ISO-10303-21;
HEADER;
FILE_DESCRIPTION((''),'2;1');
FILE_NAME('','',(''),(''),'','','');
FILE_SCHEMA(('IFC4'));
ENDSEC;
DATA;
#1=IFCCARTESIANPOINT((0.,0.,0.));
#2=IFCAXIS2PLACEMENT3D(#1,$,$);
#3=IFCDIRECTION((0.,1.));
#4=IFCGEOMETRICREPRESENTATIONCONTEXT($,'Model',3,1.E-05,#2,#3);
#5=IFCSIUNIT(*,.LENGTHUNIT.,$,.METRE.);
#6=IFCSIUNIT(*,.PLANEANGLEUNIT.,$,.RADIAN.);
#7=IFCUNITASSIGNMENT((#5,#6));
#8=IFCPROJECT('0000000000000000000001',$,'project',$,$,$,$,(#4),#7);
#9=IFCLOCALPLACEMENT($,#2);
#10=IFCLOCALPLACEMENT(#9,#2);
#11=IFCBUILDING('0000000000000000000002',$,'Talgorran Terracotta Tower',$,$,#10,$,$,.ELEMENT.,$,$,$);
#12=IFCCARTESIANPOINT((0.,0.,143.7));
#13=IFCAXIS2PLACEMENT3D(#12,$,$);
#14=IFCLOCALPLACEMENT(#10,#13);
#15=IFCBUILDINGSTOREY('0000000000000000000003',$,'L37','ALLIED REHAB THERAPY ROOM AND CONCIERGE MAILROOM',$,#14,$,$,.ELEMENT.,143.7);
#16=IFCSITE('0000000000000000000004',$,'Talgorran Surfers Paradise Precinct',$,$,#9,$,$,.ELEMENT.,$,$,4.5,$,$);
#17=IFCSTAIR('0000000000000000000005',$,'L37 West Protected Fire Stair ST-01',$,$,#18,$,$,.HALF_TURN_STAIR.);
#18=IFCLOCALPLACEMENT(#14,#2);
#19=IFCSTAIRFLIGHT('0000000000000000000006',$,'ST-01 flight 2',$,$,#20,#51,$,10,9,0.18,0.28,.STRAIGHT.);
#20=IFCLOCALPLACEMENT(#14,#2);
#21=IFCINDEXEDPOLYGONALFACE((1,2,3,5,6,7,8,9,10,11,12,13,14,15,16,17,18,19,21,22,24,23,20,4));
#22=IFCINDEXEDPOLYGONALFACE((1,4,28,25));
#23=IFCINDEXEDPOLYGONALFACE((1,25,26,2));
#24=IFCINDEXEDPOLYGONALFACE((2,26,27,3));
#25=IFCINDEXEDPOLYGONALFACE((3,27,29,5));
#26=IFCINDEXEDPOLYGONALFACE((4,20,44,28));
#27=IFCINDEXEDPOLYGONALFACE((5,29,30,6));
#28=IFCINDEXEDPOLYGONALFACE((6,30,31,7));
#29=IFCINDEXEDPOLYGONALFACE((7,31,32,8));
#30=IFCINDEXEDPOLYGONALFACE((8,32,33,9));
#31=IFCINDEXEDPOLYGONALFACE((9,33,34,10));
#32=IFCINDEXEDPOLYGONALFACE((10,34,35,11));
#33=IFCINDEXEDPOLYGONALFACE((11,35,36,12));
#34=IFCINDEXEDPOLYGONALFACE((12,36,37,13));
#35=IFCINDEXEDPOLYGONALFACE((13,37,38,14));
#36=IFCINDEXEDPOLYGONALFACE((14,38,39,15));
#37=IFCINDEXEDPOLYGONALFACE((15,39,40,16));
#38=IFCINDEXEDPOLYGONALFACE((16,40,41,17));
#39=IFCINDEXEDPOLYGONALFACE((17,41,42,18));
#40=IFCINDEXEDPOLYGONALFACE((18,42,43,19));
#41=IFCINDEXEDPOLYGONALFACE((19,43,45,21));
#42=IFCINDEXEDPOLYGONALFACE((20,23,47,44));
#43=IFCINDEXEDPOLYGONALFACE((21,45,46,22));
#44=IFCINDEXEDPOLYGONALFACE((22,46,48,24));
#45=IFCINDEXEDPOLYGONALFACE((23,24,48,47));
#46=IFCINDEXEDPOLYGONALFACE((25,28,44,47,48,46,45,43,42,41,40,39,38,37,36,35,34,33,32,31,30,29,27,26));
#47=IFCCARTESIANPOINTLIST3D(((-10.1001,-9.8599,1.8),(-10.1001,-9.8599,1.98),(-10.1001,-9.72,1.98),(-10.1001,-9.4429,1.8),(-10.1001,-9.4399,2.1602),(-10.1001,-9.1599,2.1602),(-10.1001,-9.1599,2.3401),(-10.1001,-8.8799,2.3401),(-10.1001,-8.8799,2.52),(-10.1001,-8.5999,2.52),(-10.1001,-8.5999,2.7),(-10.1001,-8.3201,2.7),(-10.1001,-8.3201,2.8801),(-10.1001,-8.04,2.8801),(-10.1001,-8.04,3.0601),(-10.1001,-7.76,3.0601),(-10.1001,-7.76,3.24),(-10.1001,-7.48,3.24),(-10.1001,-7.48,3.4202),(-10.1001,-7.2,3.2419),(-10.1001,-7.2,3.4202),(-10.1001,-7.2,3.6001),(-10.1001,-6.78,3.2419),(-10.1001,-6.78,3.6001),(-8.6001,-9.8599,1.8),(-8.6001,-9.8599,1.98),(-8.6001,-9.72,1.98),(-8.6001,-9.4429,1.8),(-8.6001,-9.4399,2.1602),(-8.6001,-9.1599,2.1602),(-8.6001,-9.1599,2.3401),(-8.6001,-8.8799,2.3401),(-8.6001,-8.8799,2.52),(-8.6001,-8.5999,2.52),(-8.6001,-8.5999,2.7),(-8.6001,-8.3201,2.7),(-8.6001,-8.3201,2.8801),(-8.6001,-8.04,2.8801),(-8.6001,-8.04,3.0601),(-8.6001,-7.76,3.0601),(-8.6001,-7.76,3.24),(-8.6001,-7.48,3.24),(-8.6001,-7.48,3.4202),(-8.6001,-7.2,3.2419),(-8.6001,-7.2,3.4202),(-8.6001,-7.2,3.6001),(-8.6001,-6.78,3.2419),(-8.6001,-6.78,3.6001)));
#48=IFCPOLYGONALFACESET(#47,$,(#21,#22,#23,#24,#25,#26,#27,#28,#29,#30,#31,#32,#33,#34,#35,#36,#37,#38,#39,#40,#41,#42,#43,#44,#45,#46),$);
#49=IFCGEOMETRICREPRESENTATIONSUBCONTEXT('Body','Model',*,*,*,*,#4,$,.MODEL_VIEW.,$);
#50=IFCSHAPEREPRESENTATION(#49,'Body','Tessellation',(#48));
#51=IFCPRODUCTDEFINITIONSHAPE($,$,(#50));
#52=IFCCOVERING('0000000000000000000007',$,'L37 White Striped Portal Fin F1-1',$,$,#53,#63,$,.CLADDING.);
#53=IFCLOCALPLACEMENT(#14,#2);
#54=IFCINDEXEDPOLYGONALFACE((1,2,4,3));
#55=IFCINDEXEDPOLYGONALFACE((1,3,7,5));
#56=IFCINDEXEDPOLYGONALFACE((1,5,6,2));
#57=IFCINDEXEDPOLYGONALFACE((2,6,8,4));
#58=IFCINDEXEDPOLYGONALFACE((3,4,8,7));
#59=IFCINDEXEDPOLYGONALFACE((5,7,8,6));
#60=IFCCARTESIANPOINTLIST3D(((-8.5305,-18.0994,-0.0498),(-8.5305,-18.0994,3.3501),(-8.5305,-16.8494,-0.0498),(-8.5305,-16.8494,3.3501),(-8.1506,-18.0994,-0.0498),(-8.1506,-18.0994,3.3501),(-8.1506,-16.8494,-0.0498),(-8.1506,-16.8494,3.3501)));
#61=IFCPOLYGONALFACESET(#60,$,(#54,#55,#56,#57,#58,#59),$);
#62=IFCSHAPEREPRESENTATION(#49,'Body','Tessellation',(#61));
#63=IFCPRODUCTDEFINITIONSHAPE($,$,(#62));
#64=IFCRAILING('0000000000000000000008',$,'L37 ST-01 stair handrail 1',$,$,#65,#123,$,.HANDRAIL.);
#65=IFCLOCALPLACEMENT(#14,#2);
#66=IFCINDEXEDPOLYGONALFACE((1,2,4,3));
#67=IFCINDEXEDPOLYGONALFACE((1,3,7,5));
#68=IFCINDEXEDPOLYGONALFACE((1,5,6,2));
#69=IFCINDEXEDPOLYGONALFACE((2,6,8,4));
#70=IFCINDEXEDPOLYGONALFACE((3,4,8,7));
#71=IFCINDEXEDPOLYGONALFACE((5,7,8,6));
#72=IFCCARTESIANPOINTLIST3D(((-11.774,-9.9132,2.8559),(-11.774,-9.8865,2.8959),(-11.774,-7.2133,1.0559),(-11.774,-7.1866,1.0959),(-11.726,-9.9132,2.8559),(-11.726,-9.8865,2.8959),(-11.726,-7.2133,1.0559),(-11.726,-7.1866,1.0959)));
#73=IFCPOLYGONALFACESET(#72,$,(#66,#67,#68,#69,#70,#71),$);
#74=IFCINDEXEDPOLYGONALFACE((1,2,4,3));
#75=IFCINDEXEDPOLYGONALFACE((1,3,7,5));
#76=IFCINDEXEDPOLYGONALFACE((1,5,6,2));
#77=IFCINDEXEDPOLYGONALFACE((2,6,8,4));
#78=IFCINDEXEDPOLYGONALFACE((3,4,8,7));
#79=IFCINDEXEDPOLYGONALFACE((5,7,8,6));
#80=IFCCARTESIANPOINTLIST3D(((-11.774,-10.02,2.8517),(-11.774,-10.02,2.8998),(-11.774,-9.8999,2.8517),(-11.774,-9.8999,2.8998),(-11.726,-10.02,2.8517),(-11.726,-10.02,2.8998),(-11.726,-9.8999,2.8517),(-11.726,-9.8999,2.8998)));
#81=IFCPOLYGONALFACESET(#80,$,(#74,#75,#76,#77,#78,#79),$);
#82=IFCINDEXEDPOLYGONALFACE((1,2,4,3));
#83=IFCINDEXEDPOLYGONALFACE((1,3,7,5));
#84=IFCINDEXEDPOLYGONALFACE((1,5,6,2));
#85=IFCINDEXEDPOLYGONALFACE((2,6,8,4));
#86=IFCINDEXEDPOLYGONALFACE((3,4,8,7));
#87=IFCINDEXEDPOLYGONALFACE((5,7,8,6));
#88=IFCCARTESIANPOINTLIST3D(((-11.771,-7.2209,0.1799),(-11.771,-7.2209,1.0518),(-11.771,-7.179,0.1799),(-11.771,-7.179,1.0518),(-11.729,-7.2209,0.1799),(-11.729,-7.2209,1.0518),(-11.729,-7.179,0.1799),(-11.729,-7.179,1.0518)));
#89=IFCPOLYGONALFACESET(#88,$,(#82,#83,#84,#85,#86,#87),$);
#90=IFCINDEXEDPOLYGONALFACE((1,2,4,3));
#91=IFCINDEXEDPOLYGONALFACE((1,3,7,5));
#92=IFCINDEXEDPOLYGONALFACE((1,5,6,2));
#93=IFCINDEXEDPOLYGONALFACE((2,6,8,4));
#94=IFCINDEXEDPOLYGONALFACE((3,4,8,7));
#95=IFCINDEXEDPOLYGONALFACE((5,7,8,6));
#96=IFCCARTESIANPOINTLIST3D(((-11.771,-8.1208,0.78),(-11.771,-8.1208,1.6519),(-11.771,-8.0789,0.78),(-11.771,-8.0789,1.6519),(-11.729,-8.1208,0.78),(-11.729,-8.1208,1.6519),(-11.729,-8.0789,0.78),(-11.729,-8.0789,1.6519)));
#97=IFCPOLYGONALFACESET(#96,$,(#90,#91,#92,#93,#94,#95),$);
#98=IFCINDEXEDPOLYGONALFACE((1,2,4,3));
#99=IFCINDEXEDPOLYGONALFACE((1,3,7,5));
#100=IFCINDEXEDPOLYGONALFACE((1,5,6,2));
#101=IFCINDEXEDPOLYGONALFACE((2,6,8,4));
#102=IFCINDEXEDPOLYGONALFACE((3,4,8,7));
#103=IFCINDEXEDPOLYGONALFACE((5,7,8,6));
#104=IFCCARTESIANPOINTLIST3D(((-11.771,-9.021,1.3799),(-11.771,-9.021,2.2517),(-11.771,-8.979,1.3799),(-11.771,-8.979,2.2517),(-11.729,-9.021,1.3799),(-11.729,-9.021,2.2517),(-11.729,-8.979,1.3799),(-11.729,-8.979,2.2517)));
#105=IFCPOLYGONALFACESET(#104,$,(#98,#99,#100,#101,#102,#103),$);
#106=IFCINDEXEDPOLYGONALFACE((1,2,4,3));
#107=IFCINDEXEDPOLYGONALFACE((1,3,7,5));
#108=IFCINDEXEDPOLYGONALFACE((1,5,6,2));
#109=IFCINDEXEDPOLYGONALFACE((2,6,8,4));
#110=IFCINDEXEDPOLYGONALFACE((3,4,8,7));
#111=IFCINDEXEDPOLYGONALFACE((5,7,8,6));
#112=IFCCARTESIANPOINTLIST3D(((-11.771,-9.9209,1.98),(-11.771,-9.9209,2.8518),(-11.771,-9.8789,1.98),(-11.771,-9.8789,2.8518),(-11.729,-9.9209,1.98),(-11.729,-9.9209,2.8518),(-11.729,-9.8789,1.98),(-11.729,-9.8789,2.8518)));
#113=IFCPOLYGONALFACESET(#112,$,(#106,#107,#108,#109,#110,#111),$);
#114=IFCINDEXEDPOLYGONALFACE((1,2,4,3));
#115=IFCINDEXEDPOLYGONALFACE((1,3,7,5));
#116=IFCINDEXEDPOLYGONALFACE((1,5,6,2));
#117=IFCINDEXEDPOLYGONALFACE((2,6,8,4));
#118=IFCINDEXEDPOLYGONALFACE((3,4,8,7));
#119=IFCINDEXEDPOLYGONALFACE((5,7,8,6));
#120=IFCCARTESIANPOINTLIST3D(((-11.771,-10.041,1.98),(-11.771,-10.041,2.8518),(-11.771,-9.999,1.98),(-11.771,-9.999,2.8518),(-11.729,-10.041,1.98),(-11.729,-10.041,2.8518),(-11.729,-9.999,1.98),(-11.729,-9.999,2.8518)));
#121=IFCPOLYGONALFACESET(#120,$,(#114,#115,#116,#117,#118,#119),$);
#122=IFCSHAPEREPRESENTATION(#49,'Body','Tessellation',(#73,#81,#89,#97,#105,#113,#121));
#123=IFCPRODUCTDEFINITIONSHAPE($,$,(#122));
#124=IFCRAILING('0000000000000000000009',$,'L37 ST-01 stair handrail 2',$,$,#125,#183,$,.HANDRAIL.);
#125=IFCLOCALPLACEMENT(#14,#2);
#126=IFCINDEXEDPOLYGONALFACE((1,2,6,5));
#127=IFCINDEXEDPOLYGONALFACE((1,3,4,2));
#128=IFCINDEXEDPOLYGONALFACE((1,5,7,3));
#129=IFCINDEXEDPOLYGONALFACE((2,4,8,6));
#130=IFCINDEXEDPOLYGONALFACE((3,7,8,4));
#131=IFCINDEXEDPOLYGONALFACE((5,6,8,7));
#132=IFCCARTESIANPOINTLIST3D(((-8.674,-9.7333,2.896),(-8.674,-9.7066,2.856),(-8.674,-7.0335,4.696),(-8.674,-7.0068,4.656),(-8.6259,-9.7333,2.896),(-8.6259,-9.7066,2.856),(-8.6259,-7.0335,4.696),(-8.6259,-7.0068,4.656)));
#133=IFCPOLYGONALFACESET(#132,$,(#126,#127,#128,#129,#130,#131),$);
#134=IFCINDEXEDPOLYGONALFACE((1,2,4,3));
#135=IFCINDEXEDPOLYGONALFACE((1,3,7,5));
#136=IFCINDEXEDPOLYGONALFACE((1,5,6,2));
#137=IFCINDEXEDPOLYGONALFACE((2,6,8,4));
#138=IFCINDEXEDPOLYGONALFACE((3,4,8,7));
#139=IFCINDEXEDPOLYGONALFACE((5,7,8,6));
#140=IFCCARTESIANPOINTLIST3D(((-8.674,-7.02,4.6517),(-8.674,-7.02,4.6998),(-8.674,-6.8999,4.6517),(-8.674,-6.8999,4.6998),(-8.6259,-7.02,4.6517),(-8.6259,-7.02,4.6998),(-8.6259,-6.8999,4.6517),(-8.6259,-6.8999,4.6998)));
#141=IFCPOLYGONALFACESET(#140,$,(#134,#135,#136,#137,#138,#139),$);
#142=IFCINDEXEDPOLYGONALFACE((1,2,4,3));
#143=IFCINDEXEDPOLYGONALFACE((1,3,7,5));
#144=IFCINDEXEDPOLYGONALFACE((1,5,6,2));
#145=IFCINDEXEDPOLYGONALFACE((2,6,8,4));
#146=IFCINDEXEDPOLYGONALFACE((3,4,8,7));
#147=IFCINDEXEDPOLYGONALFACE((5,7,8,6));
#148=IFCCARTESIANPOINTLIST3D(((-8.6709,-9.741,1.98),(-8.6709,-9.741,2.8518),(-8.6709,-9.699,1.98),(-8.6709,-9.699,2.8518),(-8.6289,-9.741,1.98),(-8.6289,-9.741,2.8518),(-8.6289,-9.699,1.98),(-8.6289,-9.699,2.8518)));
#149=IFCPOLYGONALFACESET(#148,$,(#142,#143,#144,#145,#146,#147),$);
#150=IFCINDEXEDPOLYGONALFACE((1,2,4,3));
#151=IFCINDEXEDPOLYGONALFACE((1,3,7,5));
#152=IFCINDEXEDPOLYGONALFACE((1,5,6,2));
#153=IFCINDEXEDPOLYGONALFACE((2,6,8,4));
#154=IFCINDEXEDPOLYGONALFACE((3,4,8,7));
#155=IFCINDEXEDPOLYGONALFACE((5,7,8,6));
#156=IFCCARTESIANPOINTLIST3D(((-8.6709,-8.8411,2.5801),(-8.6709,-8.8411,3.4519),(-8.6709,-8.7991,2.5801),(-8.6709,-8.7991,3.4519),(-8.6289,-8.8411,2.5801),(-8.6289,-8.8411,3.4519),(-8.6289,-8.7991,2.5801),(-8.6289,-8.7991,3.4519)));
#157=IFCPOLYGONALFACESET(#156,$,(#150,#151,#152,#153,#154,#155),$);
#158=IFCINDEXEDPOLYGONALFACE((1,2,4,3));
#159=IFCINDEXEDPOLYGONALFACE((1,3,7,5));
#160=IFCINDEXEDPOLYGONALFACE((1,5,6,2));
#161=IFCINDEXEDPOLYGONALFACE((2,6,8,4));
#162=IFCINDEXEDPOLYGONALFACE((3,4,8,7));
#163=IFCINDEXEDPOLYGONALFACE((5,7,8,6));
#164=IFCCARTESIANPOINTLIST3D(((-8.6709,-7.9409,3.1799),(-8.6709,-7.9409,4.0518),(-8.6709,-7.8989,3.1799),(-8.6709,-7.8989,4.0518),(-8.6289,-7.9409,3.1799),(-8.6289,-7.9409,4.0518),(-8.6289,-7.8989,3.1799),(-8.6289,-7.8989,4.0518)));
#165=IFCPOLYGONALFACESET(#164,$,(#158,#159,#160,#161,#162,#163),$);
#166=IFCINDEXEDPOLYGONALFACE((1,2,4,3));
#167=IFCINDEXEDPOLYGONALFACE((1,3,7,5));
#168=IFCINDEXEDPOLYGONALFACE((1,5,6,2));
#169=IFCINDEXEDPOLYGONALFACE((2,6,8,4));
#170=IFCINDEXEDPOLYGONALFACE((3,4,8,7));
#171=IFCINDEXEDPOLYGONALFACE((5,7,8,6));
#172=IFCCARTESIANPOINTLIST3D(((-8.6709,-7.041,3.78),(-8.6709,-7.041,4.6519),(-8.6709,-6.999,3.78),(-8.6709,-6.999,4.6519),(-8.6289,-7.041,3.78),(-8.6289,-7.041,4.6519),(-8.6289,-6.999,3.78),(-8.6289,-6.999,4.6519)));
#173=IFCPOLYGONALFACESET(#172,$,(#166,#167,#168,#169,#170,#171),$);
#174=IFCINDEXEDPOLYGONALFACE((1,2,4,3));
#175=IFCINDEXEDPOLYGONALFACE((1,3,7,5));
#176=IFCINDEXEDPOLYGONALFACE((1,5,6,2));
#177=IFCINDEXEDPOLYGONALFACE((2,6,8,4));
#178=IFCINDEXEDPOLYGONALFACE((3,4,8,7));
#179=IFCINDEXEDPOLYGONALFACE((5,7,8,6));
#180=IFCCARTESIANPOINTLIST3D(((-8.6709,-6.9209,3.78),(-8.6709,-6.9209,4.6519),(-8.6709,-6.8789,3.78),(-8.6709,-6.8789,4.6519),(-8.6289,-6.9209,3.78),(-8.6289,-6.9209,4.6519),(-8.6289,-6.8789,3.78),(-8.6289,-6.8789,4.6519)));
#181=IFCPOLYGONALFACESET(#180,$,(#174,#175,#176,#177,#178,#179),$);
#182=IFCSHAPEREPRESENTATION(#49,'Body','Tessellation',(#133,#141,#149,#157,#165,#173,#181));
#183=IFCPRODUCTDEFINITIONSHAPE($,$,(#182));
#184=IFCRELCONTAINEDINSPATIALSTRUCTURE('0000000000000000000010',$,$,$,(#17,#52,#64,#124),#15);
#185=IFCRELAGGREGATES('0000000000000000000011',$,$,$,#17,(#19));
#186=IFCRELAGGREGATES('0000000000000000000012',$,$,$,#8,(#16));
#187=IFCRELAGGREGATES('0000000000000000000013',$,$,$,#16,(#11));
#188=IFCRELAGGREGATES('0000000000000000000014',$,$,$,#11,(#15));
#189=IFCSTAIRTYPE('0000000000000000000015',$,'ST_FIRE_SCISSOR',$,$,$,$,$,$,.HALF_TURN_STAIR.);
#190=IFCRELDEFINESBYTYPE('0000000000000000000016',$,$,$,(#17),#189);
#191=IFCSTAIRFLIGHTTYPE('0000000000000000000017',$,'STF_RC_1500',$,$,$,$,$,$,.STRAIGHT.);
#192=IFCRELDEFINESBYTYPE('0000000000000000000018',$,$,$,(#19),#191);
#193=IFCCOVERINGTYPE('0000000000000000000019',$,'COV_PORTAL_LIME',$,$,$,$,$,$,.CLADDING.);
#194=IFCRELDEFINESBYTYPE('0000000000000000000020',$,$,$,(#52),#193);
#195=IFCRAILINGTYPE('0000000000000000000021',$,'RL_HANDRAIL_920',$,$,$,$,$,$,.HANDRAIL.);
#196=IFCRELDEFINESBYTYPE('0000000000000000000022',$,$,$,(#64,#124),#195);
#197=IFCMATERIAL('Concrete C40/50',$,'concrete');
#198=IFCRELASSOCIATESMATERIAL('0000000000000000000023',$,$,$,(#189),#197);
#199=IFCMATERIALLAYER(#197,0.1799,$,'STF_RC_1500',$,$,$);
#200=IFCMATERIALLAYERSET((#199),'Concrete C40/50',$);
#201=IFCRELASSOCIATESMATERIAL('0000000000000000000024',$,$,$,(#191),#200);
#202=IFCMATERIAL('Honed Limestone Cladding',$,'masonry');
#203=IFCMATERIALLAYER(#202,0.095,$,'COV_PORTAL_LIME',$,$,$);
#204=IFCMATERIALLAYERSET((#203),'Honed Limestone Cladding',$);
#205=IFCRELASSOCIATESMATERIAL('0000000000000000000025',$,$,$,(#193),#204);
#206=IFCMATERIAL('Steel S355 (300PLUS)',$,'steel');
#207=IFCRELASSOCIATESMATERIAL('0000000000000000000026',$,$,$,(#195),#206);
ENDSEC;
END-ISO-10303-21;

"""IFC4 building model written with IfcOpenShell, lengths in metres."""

from ifc_helpers import new_model, si_unit, direction, frame, origin, origin_2d, place, context, subcontext, project, spatial, polyline, rectangle, outline, extrude, material, layer, layer_set, type_object, element, aggregate, save


model = new_model("IFC4")

# Units and contexts
model_context = context("Model", 3, precision=1e-05, world=origin(), true_north=direction((0.0, 1.0)))
body_context = subcontext(model_context, "Body", "Model", "MODEL_VIEW")
ifc_project = project(units=[si_unit("LENGTHUNIT", "METRE"), si_unit("PLANEANGLEUNIT", "RADIAN")], contexts=[model_context])

# Site, building, storey
site_placement = place(None, origin())
site = spatial("IfcSite", under=ifc_project, at=site_placement, Name="Talgorran Surfers Paradise Precinct", CompositionType="ELEMENT", RefElevation=4.5)
building_placement = place(site_placement, origin())
building = spatial("IfcBuilding", under=site, at=building_placement, Name="Talgorran Terracotta Tower", CompositionType="ELEMENT")
storey_placement = place(building_placement, frame((0.0, 0.0, 143.7)))
storey = spatial("IfcBuildingStorey", under=building, at=storey_placement, Name="L37", Description="ALLIED REHAB THERAPY ROOM AND CONCIERGE MAILROOM", CompositionType="ELEMENT", Elevation=143.7)

# Shared definitions
ifc_material_1 = material(Name="Steel S355 (300PLUS)", Category="steel")

# Stair, stair flight
ifc_material_2 = material(Name="Concrete C40/50", Category="concrete")
stair_type = type_object("IfcStairType", Name="ST_FIRE_SCISSOR", PredefinedType="HALF_TURN_STAIR", material=ifc_material_2)
stair_placement = place(storey_placement, origin())
stair = element("IfcStair", 1, at=stair_placement, inside=storey, type_object=stair_type, Name="L37 West Protected Fire Stair ST-01", PredefinedType="HALF_TURN_STAIR")
ifc_layer_1 = layer(ifc_material_2, 0.1799, Name="STF_RC_1500")
ifc_layer_set_1 = layer_set([ifc_layer_1], Name="Concrete C40/50")
stair_flight_type = type_object("IfcStairFlightType", Name="STF_RC_1500", PredefinedType="STRAIGHT", material=ifc_layer_set_1)
stair_flight_1_placement = place(storey_placement, frame((-9.3501, -9.72, 1.8), z_axis=(0.0, 0.0, 1.0), x_axis=(0.0, 1.0, 0.0)))
stair_flight_1 = element("IfcStairFlight", 2, at=stair_flight_1_placement, type_object=stair_flight_type, Name="ST-01 flight 2", NumberOfRisers=10, NumberOfTreads=9, PredefinedType="STRAIGHT", RiserHeight=0.18, TreadLength=0.28, context=body_context, shape_type="SweptSolid", body=[
    extrude(outline(polyline([(-0.1399, 0.0), (-0.1399, 0.1799), (0.0, 0.1799), (0.28, 0.3601), (0.5601, 0.3601), (0.5601, 0.54), (0.8401, 0.54), (0.8401, 0.72), (1.1201, 0.72), (1.1201, 0.8999), (1.3999, 0.8999), (1.3999, 1.0801), (1.6799, 1.0801), (1.6799, 1.26), (1.96, 1.26), (1.96, 1.4399), (2.24, 1.4399), (2.24, 1.6201), (2.52, 1.6201), (2.52, 1.8), (2.9399, 1.8), (2.9399, 1.4419), (2.52, 1.4419), (0.2771, 0.0), (-0.1399, 0.0)])), frame((0.0, 0.75, 0.0), z_axis=(0.0, -1.0, 0.0), x_axis=(1.0, 0.0, 0.0)), (0.0, 0.0, 1.0), 1.5),
])
aggregate(stair, [stair_flight_1])

# Covering
ifc_material_3 = material(Name="Honed Limestone Cladding", Category="masonry")
ifc_layer_2 = layer(ifc_material_3, 0.095, Name="COV_PORTAL_LIME")
ifc_layer_set_2 = layer_set([ifc_layer_2], Name="Honed Limestone Cladding")
covering_type = type_object("IfcCoveringType", Name="COV_PORTAL_LIME", PredefinedType="CLADDING", material=ifc_layer_set_2)
covering_placement = place(storey_placement, frame((-8.3406, -17.4744, -0.0498), z_axis=(0.0, 0.0, 1.0), x_axis=(1.0, 0.0, 0.0)))
element("IfcCovering", 3, at=covering_placement, inside=storey, type_object=covering_type, Name="L37 White Striped Portal Fin F1-1", PredefinedType="CLADDING", context=body_context, shape_type="SweptSolid", body=[
    extrude(rectangle(XDim=0.3799, YDim=1.25, at=origin_2d()), origin(), (0.0, 0.0, 1.0), 3.3999),
])

# Railings
railing_type_1 = type_object("IfcRailingType", Name="RL_HANDRAIL_920", PredefinedType="HANDRAIL", material=ifc_material_1)
railing_1_placement = place(storey_placement, frame((-11.75, -7.2, 0.1799)))
element("IfcRailing", 4, at=railing_1_placement, inside=storey, type_object=railing_type_1, Name="L37 ST-01 stair handrail 1", PredefinedType="HANDRAIL", context=body_context, shape_type="SweptSolid", body=[
    extrude(rectangle(XDim=0.0481, YDim=0.0481, at=origin_2d()), frame((0.0, 0.0, 0.896), z_axis=(0.0, -0.832039, 0.554718), x_axis=(1.0, 0.0, 0.0)), (0.0, 0.0, 1.0), 3.2449),
    extrude(rectangle(XDim=0.0481, YDim=0.0481, at=origin_2d()), frame((0.0, -2.7, 2.6958), z_axis=(0.0, -1.0, 0.0), x_axis=(1.0, 0.0, 0.0)), (0.0, 0.0, 1.0), 0.1201),
    extrude(rectangle(XDim=0.042, YDim=0.042, at=origin_2d()), origin(), (0.0, 0.0, 1.0), 0.8718),
    extrude(rectangle(XDim=0.042, YDim=0.042, at=origin_2d()), frame((0.0, -0.8999, 0.6001)), (0.0, 0.0, 1.0), 0.8718),
    extrude(rectangle(XDim=0.042, YDim=0.042, at=origin_2d()), frame((0.0, -1.8, 1.2)), (0.0, 0.0, 1.0), 0.8718),
    extrude(rectangle(XDim=0.042, YDim=0.042, at=origin_2d()), frame((0.0, -2.7, 1.8)), (0.0, 0.0, 1.0), 0.8718),
    extrude(rectangle(XDim=0.042, YDim=0.042, at=origin_2d()), frame((0.0, -2.8201, 1.8)), (0.0, 0.0, 1.0), 0.8718),
])
railing_2_placement = place(storey_placement, frame((-8.6499, -9.72, 1.98)))
element("IfcRailing", 5, at=railing_2_placement, inside=storey, type_object=railing_type_1, Name="L37 ST-01 stair handrail 2", PredefinedType="HANDRAIL", context=body_context, shape_type="SweptSolid", body=[
    extrude(rectangle(XDim=0.0481, YDim=0.0481, at=origin_2d()), frame((0.0, 0.0, 0.896), z_axis=(0.0, 0.832039, 0.554718), x_axis=(-1.0, 0.0, 0.0)), (0.0, 0.0, 1.0), 3.2449),
    extrude(rectangle(XDim=0.0481, YDim=0.0481, at=origin_2d()), frame((0.0, 2.7, 2.6958), z_axis=(0.0, 1.0, 0.0), x_axis=(-1.0, 0.0, 0.0)), (0.0, 0.0, 1.0), 0.1201),
    extrude(rectangle(XDim=0.042, YDim=0.042, at=origin_2d()), origin(), (0.0, 0.0, 1.0), 0.8718),
    extrude(rectangle(XDim=0.042, YDim=0.042, at=origin_2d()), frame((0.0, 0.8999, 0.6001)), (0.0, 0.0, 1.0), 0.8718),
    extrude(rectangle(XDim=0.042, YDim=0.042, at=origin_2d()), frame((0.0, 1.8, 1.2)), (0.0, 0.0, 1.0), 0.8718),
    extrude(rectangle(XDim=0.042, YDim=0.042, at=origin_2d()), frame((0.0, 2.7, 1.8)), (0.0, 0.0, 1.0), 0.8718),
    extrude(rectangle(XDim=0.042, YDim=0.042, at=origin_2d()), frame((0.0, 2.8201, 1.8)), (0.0, 0.0, 1.0), 0.8718),
])

save(model, "model.ifc")
